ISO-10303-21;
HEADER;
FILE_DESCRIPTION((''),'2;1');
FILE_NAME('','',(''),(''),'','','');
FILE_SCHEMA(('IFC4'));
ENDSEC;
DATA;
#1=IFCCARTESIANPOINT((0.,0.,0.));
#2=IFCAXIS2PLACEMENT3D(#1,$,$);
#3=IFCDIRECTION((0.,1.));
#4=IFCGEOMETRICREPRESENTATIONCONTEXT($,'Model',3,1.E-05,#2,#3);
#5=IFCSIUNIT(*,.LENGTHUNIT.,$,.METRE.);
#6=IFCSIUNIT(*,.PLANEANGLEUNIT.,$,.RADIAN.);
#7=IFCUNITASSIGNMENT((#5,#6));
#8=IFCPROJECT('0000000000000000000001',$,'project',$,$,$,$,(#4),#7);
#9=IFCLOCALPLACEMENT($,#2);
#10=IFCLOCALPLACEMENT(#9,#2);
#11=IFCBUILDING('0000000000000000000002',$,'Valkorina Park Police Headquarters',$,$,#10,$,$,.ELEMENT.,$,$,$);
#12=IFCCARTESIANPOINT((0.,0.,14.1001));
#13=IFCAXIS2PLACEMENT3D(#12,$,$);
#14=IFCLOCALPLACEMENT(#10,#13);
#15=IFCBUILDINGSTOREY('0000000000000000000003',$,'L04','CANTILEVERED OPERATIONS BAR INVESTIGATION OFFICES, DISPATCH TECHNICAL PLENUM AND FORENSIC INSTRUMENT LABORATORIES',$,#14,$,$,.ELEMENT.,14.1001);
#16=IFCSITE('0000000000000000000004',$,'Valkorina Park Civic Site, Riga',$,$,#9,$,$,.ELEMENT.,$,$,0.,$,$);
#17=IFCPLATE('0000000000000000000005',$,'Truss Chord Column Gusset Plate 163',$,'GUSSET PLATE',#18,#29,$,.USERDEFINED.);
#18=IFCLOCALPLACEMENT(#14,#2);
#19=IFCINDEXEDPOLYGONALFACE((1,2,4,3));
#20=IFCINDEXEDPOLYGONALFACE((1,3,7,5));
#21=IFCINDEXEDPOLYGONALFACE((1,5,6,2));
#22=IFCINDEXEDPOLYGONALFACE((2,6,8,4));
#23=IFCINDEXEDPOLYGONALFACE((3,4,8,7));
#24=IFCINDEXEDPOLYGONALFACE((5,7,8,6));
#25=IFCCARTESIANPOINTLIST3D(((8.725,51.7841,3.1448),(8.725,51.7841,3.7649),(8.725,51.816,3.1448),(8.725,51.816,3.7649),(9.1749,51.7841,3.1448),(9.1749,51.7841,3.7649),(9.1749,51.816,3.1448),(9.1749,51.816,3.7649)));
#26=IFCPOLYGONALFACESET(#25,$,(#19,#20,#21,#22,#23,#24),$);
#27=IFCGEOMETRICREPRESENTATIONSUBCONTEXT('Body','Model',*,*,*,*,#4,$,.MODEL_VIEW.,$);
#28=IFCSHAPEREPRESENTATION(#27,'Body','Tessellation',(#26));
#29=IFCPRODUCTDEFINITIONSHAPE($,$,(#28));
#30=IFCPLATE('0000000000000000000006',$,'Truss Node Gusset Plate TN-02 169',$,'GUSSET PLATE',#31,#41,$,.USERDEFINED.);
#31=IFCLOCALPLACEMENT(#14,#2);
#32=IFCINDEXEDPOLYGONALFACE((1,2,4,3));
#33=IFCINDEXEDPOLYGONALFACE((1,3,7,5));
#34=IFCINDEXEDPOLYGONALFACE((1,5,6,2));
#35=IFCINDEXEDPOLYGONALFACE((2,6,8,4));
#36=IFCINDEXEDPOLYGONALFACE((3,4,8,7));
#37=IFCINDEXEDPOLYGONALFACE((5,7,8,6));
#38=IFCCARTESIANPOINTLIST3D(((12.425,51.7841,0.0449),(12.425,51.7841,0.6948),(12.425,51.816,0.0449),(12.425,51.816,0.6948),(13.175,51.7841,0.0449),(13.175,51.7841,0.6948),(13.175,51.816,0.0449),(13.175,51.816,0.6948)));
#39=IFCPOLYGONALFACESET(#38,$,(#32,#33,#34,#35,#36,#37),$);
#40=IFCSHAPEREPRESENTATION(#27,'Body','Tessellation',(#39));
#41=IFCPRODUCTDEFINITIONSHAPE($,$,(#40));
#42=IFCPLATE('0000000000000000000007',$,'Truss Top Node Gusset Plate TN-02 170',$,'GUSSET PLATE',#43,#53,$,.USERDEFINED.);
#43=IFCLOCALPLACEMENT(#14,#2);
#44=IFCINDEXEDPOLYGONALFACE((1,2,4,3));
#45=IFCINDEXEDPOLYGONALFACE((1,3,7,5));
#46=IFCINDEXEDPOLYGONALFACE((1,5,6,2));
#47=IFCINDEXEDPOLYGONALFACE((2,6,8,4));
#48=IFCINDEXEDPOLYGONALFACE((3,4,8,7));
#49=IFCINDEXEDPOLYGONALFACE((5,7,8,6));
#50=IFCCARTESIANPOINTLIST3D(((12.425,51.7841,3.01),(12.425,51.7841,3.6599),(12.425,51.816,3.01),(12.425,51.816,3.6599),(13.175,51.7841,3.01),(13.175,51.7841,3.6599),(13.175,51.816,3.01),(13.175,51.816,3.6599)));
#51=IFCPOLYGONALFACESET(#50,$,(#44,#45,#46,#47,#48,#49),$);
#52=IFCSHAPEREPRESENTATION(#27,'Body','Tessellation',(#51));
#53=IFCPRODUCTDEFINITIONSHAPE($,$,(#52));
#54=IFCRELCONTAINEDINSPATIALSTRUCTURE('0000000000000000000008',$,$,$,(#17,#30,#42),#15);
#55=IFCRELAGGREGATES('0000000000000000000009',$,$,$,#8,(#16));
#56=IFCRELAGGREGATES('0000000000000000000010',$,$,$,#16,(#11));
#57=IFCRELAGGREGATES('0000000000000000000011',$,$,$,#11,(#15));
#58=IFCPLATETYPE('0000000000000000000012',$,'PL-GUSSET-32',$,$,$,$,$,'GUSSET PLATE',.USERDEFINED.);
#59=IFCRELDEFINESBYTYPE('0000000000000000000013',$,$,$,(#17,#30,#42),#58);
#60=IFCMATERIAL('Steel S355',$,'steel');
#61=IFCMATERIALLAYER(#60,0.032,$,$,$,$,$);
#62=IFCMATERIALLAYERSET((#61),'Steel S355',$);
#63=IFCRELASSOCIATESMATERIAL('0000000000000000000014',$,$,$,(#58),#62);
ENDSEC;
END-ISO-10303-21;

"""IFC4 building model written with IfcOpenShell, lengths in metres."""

from ifc_helpers import new_model, si_unit, direction, frame, origin, origin_2d, place, context, subcontext, project, spatial, rectangle, extrude, material, layer, layer_set, type_object, element, save


model = new_model("IFC4")

# Units and contexts
model_context = context("Model", 3, precision=1e-05, world=origin(), true_north=direction((0.0, 1.0)))
body_context = subcontext(model_context, "Body", "Model", "MODEL_VIEW")
ifc_project = project(units=[si_unit("LENGTHUNIT", "METRE"), si_unit("PLANEANGLEUNIT", "RADIAN")], contexts=[model_context])

# Site, building, storey
site_placement = place(None, origin())
site = spatial("IfcSite", under=ifc_project, at=site_placement, Name="Valkorina Park Civic Site, Riga", CompositionType="ELEMENT", RefElevation=0.0)
building_placement = place(site_placement, origin())
building = spatial("IfcBuilding", under=site, at=building_placement, Name="Valkorina Park Police Headquarters", CompositionType="ELEMENT")
storey_placement = place(building_placement, frame((0.0, 0.0, 14.1001)))
storey = spatial("IfcBuildingStorey", under=building, at=storey_placement, Name="L04", Description="CANTILEVERED OPERATIONS BAR INVESTIGATION OFFICES, DISPATCH TECHNICAL PLENUM AND FORENSIC INSTRUMENT LABORATORIES", CompositionType="ELEMENT", Elevation=14.1001)

# Shared definitions
ifc_material_1 = material(Name="Steel S355", Category="steel")

# Plates
ifc_layer_1 = layer(ifc_material_1, 0.032)
ifc_layer_set_1 = layer_set([ifc_layer_1], Name="Steel S355")
plate_type_1 = type_object("IfcPlateType", Name="PL-GUSSET-32", ElementType="GUSSET PLATE", PredefinedType="USERDEFINED", material=ifc_layer_set_1)
for number, where, z_axis, x_axis, name in (
    (1, (8.95, 51.8, 3.1448), (0.0, 0.0, 1.0), (1.0, 0.0, 0.0), "Truss Chord Column Gusset Plate 163"),
):
    element("IfcPlate", number, at=place(storey_placement, frame(where, z_axis=z_axis, x_axis=x_axis)), inside=storey, type_object=plate_type_1, Name=name, ObjectType="GUSSET PLATE", PredefinedType="USERDEFINED", context=body_context, shape_type="SweptSolid", body=[
        extrude(rectangle(XDim=0.45, YDim=0.032, at=origin_2d()), origin(), (0.0, 0.0, 1.0), 0.6201),
    ])
for number, where, z_axis, x_axis, name in (
    (2, (12.8, 51.8, 0.0449), (0.0, 0.0, 1.0), (1.0, 0.0, 0.0), "Truss Node Gusset Plate TN-02 169"),
    (3, (12.8, 51.8, 3.01), (0.0, 0.0, 1.0), (1.0, 0.0, 0.0), "Truss Top Node Gusset Plate TN-02 170"),
):
    element("IfcPlate", number, at=place(storey_placement, frame(where, z_axis=z_axis, x_axis=x_axis)), inside=storey, type_object=plate_type_1, Name=name, ObjectType="GUSSET PLATE", PredefinedType="USERDEFINED", context=body_context, shape_type="SweptSolid", body=[
        extrude(rectangle(XDim=0.75, YDim=0.032, at=origin_2d()), origin(), (0.0, 0.0, 1.0), 0.6499),
    ])

save(model, "model.ifc")
